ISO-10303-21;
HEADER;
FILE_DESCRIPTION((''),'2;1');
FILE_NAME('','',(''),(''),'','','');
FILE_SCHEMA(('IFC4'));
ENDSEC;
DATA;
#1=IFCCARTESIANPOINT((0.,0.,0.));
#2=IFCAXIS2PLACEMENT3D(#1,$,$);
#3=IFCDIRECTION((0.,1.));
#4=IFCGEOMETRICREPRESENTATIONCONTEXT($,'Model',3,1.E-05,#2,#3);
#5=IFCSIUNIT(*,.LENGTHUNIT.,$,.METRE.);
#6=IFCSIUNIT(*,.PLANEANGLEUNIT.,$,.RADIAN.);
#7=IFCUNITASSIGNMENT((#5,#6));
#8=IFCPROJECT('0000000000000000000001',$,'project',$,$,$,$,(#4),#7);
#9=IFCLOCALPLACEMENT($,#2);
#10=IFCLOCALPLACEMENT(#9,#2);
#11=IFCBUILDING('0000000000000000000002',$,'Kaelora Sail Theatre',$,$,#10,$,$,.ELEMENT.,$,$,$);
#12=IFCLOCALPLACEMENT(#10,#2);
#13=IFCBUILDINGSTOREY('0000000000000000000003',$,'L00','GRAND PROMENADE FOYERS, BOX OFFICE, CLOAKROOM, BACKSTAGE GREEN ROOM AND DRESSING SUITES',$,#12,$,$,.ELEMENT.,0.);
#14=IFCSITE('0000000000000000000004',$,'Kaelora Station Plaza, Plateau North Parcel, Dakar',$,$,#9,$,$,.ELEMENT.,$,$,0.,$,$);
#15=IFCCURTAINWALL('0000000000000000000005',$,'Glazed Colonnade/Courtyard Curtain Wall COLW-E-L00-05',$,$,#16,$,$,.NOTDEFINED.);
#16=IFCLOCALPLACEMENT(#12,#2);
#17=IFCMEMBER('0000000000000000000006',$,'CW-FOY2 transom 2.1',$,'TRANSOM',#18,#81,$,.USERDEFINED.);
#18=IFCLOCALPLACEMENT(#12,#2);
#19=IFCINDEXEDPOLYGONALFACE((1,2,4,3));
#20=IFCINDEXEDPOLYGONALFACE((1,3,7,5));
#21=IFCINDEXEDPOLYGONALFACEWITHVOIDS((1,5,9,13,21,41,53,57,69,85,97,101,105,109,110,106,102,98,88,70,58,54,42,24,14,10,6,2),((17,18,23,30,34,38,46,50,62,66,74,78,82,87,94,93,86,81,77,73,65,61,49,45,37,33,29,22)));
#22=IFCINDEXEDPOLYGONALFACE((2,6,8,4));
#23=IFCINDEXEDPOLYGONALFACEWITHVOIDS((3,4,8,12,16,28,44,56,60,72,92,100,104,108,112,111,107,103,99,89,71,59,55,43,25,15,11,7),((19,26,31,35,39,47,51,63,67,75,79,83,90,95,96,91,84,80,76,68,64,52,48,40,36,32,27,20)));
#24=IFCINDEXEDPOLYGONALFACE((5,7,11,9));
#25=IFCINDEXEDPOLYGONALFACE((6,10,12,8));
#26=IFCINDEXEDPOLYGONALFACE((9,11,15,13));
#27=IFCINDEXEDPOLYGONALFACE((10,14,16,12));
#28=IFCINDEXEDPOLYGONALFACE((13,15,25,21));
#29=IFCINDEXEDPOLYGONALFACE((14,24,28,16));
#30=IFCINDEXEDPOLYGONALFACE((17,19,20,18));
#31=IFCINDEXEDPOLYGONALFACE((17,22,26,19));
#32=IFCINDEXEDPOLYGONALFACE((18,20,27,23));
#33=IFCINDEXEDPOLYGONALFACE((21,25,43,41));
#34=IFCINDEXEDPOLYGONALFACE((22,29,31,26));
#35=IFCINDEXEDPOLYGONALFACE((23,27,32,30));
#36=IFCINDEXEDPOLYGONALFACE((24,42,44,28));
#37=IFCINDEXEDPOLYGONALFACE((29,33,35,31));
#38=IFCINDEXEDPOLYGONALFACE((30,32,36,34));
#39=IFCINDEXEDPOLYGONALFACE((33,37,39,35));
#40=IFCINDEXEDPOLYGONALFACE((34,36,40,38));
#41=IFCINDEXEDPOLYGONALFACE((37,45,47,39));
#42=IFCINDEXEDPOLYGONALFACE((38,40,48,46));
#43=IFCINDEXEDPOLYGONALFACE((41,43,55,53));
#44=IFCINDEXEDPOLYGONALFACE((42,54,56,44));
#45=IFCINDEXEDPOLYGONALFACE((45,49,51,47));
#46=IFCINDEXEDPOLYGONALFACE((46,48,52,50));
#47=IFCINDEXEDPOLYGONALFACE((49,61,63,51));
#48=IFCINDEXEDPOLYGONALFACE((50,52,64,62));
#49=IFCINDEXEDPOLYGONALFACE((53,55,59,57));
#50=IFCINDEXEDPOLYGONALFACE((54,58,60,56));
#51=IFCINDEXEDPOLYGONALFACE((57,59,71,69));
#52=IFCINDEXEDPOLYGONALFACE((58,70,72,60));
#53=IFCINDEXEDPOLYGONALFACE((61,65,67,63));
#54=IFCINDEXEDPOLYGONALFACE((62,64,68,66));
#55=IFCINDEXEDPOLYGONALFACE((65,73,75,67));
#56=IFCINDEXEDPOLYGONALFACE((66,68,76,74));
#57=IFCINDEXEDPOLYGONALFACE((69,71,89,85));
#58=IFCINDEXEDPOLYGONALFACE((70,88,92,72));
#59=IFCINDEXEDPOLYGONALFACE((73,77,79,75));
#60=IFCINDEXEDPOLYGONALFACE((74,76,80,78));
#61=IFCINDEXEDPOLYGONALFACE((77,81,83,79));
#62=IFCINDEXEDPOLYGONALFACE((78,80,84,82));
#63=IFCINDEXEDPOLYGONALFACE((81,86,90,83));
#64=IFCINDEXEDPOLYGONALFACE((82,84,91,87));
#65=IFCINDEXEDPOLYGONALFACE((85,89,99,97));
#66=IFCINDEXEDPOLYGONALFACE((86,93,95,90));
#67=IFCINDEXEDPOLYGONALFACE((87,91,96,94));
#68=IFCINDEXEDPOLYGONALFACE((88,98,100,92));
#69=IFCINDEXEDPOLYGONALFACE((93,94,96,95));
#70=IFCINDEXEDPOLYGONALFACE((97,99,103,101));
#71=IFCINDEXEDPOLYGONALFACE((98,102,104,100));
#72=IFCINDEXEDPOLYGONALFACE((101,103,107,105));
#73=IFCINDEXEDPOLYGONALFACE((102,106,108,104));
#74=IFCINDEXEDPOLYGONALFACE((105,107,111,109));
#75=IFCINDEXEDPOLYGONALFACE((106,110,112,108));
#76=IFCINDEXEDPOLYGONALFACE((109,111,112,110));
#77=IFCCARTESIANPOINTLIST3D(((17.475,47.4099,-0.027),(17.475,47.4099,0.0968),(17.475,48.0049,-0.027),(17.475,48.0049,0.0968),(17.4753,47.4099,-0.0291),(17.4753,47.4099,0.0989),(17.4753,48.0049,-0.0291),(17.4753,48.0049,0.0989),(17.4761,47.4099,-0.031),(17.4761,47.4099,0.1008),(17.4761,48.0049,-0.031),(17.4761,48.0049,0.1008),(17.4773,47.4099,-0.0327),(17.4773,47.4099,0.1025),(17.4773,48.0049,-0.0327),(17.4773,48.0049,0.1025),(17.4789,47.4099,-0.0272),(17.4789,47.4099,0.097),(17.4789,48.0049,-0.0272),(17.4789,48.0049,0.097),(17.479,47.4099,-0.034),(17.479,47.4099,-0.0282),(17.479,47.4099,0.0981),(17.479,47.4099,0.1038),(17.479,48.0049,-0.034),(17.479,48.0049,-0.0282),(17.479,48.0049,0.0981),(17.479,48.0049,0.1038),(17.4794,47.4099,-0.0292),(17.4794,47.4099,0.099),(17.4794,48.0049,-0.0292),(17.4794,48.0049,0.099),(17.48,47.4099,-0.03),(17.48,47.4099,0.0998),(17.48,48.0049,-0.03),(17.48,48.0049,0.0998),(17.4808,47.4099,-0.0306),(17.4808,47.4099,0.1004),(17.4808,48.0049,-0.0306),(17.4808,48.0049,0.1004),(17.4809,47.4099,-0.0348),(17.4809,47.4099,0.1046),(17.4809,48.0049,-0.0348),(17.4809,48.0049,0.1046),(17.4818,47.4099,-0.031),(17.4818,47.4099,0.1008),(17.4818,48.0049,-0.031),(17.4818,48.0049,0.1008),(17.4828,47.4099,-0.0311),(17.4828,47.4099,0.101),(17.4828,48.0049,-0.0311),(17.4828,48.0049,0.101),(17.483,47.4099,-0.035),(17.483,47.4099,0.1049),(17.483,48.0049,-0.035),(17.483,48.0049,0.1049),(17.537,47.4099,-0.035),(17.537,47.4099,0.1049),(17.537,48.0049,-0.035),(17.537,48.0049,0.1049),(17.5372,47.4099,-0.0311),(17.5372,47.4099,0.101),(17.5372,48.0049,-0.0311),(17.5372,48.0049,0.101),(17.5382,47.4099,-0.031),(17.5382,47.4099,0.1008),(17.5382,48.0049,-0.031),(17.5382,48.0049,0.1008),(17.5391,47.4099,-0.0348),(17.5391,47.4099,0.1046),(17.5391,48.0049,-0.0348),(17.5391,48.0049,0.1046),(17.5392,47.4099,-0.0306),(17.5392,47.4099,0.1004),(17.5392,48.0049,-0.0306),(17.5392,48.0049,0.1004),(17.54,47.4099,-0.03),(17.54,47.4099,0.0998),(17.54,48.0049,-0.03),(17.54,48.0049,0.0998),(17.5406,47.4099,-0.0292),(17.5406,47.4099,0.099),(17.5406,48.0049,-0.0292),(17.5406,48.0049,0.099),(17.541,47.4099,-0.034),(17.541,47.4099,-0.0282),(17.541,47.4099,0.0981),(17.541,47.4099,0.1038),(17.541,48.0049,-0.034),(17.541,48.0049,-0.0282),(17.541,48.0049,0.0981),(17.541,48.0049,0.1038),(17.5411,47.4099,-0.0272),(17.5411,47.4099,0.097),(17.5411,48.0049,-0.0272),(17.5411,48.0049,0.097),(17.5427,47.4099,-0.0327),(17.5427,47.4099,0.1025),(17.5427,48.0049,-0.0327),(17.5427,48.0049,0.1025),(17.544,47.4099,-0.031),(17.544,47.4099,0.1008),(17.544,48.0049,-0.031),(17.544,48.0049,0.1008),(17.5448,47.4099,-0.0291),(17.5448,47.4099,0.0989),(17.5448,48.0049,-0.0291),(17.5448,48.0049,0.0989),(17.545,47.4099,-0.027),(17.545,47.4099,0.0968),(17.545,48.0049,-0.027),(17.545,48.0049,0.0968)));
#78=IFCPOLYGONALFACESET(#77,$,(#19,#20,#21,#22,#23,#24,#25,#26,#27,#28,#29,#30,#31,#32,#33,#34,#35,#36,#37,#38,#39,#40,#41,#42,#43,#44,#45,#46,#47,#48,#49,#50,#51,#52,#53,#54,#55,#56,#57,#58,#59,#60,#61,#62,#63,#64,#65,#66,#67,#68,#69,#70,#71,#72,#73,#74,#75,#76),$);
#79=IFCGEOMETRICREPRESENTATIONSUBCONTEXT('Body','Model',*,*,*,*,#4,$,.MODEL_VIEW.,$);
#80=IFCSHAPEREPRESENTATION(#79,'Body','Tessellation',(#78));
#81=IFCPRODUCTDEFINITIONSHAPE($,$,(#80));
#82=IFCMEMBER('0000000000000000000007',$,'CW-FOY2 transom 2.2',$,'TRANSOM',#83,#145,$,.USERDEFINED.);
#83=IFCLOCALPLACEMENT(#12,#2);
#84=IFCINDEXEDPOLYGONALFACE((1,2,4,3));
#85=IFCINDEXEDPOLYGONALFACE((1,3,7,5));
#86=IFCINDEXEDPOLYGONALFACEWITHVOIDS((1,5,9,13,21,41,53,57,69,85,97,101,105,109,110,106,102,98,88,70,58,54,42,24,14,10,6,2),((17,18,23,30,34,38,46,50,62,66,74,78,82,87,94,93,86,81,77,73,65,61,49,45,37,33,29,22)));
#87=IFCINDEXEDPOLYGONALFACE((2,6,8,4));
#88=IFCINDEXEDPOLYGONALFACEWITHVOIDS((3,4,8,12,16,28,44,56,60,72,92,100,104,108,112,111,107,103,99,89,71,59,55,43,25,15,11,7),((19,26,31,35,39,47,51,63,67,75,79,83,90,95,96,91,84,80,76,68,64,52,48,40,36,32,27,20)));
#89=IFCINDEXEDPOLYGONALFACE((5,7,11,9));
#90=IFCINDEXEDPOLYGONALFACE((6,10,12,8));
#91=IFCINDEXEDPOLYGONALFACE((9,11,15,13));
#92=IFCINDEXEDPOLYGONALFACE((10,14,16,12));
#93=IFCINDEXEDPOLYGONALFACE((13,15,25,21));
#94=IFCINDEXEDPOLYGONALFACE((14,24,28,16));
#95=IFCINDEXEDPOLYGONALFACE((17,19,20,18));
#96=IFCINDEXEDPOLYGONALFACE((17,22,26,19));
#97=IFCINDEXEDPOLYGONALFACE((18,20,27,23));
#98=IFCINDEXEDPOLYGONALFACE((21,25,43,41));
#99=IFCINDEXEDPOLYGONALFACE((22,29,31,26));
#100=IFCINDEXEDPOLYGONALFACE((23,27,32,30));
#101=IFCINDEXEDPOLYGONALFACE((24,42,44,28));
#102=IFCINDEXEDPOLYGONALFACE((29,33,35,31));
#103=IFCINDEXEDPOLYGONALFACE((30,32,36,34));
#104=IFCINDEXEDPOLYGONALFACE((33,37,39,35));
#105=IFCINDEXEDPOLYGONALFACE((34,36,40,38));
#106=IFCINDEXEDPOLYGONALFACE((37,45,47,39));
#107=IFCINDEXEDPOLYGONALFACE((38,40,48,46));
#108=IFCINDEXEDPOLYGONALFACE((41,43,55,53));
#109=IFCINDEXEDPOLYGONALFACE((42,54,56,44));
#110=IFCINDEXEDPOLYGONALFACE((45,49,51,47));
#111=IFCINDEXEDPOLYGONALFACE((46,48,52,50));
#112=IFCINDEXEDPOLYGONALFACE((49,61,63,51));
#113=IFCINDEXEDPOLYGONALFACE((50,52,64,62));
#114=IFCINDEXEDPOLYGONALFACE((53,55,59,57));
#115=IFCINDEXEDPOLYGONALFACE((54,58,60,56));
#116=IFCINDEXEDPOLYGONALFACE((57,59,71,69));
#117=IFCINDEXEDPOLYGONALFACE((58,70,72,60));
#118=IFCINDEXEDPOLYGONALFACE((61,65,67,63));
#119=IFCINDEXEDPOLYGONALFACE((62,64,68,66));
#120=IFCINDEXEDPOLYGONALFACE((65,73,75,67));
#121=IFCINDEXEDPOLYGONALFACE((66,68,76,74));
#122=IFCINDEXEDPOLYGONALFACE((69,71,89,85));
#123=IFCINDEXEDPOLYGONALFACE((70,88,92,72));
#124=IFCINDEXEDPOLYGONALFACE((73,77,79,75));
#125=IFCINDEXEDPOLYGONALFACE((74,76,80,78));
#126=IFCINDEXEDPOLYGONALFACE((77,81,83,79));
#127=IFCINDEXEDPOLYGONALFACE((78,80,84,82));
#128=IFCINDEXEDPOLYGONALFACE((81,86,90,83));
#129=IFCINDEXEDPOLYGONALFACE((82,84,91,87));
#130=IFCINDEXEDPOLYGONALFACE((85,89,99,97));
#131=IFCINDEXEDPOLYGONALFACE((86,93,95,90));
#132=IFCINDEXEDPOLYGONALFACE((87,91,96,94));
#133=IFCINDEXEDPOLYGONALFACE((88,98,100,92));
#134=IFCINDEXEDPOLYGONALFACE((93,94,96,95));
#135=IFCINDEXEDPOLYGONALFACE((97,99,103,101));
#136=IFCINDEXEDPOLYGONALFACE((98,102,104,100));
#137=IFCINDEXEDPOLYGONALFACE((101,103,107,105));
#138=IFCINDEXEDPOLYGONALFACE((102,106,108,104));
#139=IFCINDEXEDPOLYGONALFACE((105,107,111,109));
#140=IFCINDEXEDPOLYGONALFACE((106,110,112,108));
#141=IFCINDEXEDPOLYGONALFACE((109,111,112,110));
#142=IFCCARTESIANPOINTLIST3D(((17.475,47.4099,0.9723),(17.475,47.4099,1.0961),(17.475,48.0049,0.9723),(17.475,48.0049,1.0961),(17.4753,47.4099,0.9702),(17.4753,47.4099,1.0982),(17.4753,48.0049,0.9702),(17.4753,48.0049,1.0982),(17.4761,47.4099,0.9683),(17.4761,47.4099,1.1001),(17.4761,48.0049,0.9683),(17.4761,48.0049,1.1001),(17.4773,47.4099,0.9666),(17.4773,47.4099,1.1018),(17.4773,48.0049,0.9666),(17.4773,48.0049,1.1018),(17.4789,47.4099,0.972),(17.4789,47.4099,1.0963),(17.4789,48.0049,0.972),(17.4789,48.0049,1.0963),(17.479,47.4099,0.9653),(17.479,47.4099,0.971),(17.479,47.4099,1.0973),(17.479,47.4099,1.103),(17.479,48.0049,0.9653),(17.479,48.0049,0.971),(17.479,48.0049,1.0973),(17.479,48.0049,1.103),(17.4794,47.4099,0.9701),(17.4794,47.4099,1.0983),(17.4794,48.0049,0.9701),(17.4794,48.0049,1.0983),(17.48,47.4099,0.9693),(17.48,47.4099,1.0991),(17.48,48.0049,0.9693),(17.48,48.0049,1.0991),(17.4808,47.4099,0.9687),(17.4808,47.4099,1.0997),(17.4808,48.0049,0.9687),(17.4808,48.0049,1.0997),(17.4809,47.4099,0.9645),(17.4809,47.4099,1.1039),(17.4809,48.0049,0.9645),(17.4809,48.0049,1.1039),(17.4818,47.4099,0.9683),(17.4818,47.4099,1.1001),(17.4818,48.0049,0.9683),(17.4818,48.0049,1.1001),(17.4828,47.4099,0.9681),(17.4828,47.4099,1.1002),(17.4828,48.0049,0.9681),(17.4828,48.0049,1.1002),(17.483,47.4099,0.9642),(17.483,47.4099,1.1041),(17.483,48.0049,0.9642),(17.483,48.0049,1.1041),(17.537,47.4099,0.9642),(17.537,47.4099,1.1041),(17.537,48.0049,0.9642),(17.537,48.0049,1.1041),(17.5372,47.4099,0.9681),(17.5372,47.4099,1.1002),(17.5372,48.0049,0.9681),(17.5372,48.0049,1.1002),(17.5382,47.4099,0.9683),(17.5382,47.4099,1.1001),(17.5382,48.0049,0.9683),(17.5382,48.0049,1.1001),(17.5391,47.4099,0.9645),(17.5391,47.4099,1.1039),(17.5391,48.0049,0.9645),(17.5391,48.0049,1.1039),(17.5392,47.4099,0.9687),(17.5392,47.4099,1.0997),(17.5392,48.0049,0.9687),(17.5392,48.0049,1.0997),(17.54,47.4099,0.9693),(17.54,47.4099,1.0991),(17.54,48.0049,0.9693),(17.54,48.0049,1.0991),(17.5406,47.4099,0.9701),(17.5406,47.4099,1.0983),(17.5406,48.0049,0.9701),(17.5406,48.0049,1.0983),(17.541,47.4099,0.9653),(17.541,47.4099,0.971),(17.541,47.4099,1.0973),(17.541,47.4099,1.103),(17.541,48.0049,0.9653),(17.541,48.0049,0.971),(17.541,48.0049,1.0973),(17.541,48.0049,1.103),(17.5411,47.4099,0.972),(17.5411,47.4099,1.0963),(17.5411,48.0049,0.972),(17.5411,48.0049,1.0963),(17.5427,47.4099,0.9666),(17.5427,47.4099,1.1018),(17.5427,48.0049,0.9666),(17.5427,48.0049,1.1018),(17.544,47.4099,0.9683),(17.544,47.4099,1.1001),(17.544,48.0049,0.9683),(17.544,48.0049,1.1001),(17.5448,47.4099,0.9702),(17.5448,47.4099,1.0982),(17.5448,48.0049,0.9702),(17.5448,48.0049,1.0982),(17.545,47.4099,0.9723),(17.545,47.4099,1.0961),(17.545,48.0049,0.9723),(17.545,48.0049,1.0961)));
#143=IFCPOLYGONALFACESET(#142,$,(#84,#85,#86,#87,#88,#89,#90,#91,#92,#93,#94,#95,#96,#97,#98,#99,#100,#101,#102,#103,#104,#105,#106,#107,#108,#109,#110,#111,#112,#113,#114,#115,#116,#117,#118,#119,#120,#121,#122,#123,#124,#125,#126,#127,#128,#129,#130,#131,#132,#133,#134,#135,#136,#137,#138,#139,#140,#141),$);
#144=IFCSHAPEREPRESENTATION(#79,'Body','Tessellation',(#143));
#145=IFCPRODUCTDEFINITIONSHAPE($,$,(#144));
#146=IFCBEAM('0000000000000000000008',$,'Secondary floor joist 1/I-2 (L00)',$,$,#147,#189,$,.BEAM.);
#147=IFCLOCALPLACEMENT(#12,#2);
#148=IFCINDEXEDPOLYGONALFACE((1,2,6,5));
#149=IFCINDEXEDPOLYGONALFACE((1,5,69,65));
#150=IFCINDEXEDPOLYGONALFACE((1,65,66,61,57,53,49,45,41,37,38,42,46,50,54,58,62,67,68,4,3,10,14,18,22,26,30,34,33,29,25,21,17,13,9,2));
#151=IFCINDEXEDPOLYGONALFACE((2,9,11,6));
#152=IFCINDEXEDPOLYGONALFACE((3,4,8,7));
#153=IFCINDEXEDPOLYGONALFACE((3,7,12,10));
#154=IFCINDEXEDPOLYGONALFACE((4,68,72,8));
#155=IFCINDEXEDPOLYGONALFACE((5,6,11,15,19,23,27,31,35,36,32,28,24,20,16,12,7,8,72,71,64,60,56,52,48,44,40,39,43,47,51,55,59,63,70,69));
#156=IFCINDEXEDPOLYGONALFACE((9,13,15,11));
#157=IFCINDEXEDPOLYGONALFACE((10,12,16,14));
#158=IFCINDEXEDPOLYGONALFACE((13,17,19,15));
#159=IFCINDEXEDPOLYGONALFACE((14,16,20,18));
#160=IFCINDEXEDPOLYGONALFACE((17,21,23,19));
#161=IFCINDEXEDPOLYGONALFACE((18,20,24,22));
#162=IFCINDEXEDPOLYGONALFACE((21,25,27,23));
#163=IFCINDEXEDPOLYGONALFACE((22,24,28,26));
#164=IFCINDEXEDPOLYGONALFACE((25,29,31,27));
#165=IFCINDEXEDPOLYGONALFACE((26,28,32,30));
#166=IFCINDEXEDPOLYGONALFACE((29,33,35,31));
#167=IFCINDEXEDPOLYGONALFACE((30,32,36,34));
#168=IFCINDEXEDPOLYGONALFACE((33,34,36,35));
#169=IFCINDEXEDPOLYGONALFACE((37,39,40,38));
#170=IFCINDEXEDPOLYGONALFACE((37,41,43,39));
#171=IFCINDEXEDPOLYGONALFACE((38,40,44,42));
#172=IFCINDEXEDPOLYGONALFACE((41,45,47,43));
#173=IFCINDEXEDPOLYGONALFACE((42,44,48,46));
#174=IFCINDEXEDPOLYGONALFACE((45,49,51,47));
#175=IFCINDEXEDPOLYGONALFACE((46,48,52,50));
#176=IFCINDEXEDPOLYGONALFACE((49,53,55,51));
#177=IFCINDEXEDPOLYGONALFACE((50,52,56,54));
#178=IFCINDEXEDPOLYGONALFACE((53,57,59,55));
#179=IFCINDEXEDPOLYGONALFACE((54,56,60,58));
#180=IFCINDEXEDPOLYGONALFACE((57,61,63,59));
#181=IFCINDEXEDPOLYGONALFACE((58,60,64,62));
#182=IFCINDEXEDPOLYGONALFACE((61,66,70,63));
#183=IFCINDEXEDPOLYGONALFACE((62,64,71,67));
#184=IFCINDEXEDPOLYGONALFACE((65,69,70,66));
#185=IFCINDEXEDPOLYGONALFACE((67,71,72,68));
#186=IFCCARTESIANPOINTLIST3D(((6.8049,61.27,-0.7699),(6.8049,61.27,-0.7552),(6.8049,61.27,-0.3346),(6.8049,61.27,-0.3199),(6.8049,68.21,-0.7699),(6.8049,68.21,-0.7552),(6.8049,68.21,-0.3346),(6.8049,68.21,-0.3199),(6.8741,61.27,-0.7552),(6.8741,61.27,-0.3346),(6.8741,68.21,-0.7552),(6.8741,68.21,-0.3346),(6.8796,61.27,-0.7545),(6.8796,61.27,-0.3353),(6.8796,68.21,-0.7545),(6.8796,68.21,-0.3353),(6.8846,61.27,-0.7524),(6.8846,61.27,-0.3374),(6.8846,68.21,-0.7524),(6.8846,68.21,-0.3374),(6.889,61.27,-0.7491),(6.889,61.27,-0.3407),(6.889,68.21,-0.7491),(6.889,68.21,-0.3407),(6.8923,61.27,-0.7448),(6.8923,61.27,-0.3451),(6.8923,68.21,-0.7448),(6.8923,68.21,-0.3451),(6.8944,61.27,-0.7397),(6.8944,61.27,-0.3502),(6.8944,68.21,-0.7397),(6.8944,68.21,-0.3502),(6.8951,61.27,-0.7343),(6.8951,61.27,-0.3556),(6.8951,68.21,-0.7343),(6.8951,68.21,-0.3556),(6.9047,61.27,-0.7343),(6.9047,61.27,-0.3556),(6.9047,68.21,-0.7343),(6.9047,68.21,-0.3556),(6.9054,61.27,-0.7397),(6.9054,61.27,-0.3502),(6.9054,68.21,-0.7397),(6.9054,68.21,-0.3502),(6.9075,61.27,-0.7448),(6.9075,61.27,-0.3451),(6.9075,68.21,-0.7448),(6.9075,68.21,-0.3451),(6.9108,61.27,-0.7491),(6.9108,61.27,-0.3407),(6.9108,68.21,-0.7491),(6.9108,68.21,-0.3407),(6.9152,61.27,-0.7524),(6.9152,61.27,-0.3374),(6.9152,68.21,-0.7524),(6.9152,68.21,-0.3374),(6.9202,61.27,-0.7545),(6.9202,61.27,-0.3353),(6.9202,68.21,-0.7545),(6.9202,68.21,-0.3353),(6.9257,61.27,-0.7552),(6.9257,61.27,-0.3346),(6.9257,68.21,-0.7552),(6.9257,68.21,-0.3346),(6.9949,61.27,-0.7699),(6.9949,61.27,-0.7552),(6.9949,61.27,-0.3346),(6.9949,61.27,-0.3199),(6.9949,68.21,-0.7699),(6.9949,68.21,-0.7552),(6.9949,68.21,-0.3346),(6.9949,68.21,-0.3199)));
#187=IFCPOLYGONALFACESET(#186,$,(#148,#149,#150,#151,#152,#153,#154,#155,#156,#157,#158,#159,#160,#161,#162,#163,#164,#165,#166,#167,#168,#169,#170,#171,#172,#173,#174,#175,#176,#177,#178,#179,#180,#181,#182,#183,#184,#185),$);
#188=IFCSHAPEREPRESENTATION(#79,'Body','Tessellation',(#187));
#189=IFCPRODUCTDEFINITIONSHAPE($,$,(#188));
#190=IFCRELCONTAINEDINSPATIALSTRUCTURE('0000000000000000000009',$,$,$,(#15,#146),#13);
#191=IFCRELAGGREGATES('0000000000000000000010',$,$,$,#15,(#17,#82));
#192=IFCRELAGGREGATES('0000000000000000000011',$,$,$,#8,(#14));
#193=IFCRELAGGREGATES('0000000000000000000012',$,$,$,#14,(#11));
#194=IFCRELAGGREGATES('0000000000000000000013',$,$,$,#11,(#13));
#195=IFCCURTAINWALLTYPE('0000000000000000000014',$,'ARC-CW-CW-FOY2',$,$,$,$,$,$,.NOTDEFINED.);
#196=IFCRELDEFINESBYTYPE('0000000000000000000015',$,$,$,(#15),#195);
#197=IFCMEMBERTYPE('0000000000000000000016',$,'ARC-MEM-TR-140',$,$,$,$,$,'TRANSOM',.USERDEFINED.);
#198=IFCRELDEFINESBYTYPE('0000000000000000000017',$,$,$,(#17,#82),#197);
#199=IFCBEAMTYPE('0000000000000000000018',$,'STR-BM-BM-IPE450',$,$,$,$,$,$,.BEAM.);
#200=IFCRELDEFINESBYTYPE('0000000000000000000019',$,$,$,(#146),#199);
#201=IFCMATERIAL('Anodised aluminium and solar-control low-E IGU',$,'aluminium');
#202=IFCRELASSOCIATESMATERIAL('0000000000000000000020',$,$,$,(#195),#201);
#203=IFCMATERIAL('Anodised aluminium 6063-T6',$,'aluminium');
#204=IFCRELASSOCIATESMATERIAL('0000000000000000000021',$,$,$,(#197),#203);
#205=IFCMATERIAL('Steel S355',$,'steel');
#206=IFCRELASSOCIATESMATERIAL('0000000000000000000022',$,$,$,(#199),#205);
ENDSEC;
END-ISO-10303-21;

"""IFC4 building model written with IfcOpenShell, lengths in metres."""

from ifc_helpers import new_model, si_unit, direction, frame, origin, origin_2d, place, context, subcontext, project, spatial, hollow_rectangle, i_section, extrude, material, material_profile, profile_set, type_object, element, aggregate, save


model = new_model("IFC4")

# Units and contexts
model_context = context("Model", 3, precision=1e-05, world=origin(), true_north=direction((0.0, 1.0)))
body_context = subcontext(model_context, "Body", "Model", "MODEL_VIEW")
ifc_project = project(units=[si_unit("LENGTHUNIT", "METRE"), si_unit("PLANEANGLEUNIT", "RADIAN")], contexts=[model_context])

# Site, building, storey
site_placement = place(None, origin())
site = spatial("IfcSite", under=ifc_project, at=site_placement, Name="Kaelora Station Plaza, Plateau North Parcel, Dakar", CompositionType="ELEMENT", RefElevation=0.0)
building_placement = place(site_placement, origin())
building = spatial("IfcBuilding", under=site, at=building_placement, Name="Kaelora Sail Theatre", CompositionType="ELEMENT")
storey_placement = place(building_placement, origin())
storey = spatial("IfcBuildingStorey", under=building, at=storey_placement, Name="L00", Description="GRAND PROMENADE FOYERS, BOX OFFICE, CLOAKROOM, BACKSTAGE GREEN ROOM AND DRESSING SUITES", CompositionType="ELEMENT", Elevation=0.0)

# Curtain wall, members
ifc_material_1 = material(Name="Anodised aluminium and solar-control low-E IGU", Category="aluminium")
curtain_wall_type = type_object("IfcCurtainWallType", Name="ARC-CW-CW-FOY2", PredefinedType="NOTDEFINED", material=ifc_material_1)
curtain_wall_placement = place(storey_placement, origin())
curtain_wall = element("IfcCurtainWall", 1, at=curtain_wall_placement, inside=storey, type_object=curtain_wall_type, Name="Glazed Colonnade/Courtyard Curtain Wall COLW-E-L00-05", PredefinedType="NOTDEFINED")
ifc_material_2 = material(Name="Anodised aluminium 6063-T6", Category="aluminium")
ifc_material_profile_1 = material_profile(ifc_material_2, hollow_rectangle(XDim=0.0701, YDim=0.1399, WallThickness=0.0039, InnerFilletRadius=0.0039, OuterFilletRadius=0.0081, at=origin_2d()), Name="ALU-TRAN 70x140x4")
ifc_profile_set_1 = profile_set([ifc_material_profile_1], Name="Anodised aluminium 6063-T6")
member_type_1 = type_object("IfcMemberType", Name="ARC-MEM-TR-140", ElementType="TRANSOM", PredefinedType="USERDEFINED", material=ifc_profile_set_1)
member_1_placement = place(storey_placement, frame((17.51, 47.4099, 0.0349), z_axis=(0.0, 1.0, 0.0), x_axis=(-1.0, 0.0, 0.0)))
member_1 = element("IfcMember", 2, at=member_1_placement, type_object=member_type_1, Name="CW-FOY2 transom 2.1", ObjectType="TRANSOM", PredefinedType="USERDEFINED", context=body_context, shape_type="SweptSolid", body=[
    extrude(hollow_rectangle(XDim=0.0701, YDim=0.1399, WallThickness=0.0039, InnerFilletRadius=0.0039, OuterFilletRadius=0.0081, at=origin_2d()), origin(), (0.0, 0.0, 1.0), 0.595),
])
member_2_placement = place(storey_placement, frame((17.51, 47.4099, 1.0342), z_axis=(0.0, 1.0, 0.0), x_axis=(-1.0, 0.0, 0.0)))
member_2 = element("IfcMember", 3, at=member_2_placement, type_object=member_type_1, Name="CW-FOY2 transom 2.2", ObjectType="TRANSOM", PredefinedType="USERDEFINED", context=body_context, shape_type="SweptSolid", body=[
    extrude(hollow_rectangle(XDim=0.0701, YDim=0.1399, WallThickness=0.0039, InnerFilletRadius=0.0039, OuterFilletRadius=0.0081, at=origin_2d()), origin(), (0.0, 0.0, 1.0), 0.595),
])
aggregate(curtain_wall, [member_1, member_2])

# Beam
ifc_material_3 = material(Name="Steel S355", Category="steel")
ifc_material_profile_2 = material_profile(ifc_material_3, i_section(OverallWidth=0.1899, OverallDepth=0.45, WebThickness=0.0095, FlangeThickness=0.0146, FilletRadius=0.021, at=origin_2d()), Name="IPE 450")
ifc_profile_set_2 = profile_set([ifc_material_profile_2], Name="Steel S355")
beam_type_1 = type_object("IfcBeamType", Name="STR-BM-BM-IPE450", PredefinedType="BEAM", material=ifc_profile_set_2)
for number, where, z_axis, x_axis, name in (
    (4, (6.8999, 61.27, -0.5449), (0.0, 1.0, 0.0), (-1.0, 0.0, 0.0), "Secondary floor joist 1/I-2 (L00)"),
):
    element("IfcBeam", number, at=place(storey_placement, frame(where, z_axis=z_axis, x_axis=x_axis)), inside=storey, type_object=beam_type_1, Name=name, PredefinedType="BEAM", context=body_context, shape_type="SweptSolid", body=[
        extrude(i_section(OverallWidth=0.1899, OverallDepth=0.45, WebThickness=0.0095, FlangeThickness=0.0146, FilletRadius=0.021, at=origin_2d()), origin(), (0.0, 0.0, 1.0), 6.9399),
    ])

save(model, "model.ifc")
